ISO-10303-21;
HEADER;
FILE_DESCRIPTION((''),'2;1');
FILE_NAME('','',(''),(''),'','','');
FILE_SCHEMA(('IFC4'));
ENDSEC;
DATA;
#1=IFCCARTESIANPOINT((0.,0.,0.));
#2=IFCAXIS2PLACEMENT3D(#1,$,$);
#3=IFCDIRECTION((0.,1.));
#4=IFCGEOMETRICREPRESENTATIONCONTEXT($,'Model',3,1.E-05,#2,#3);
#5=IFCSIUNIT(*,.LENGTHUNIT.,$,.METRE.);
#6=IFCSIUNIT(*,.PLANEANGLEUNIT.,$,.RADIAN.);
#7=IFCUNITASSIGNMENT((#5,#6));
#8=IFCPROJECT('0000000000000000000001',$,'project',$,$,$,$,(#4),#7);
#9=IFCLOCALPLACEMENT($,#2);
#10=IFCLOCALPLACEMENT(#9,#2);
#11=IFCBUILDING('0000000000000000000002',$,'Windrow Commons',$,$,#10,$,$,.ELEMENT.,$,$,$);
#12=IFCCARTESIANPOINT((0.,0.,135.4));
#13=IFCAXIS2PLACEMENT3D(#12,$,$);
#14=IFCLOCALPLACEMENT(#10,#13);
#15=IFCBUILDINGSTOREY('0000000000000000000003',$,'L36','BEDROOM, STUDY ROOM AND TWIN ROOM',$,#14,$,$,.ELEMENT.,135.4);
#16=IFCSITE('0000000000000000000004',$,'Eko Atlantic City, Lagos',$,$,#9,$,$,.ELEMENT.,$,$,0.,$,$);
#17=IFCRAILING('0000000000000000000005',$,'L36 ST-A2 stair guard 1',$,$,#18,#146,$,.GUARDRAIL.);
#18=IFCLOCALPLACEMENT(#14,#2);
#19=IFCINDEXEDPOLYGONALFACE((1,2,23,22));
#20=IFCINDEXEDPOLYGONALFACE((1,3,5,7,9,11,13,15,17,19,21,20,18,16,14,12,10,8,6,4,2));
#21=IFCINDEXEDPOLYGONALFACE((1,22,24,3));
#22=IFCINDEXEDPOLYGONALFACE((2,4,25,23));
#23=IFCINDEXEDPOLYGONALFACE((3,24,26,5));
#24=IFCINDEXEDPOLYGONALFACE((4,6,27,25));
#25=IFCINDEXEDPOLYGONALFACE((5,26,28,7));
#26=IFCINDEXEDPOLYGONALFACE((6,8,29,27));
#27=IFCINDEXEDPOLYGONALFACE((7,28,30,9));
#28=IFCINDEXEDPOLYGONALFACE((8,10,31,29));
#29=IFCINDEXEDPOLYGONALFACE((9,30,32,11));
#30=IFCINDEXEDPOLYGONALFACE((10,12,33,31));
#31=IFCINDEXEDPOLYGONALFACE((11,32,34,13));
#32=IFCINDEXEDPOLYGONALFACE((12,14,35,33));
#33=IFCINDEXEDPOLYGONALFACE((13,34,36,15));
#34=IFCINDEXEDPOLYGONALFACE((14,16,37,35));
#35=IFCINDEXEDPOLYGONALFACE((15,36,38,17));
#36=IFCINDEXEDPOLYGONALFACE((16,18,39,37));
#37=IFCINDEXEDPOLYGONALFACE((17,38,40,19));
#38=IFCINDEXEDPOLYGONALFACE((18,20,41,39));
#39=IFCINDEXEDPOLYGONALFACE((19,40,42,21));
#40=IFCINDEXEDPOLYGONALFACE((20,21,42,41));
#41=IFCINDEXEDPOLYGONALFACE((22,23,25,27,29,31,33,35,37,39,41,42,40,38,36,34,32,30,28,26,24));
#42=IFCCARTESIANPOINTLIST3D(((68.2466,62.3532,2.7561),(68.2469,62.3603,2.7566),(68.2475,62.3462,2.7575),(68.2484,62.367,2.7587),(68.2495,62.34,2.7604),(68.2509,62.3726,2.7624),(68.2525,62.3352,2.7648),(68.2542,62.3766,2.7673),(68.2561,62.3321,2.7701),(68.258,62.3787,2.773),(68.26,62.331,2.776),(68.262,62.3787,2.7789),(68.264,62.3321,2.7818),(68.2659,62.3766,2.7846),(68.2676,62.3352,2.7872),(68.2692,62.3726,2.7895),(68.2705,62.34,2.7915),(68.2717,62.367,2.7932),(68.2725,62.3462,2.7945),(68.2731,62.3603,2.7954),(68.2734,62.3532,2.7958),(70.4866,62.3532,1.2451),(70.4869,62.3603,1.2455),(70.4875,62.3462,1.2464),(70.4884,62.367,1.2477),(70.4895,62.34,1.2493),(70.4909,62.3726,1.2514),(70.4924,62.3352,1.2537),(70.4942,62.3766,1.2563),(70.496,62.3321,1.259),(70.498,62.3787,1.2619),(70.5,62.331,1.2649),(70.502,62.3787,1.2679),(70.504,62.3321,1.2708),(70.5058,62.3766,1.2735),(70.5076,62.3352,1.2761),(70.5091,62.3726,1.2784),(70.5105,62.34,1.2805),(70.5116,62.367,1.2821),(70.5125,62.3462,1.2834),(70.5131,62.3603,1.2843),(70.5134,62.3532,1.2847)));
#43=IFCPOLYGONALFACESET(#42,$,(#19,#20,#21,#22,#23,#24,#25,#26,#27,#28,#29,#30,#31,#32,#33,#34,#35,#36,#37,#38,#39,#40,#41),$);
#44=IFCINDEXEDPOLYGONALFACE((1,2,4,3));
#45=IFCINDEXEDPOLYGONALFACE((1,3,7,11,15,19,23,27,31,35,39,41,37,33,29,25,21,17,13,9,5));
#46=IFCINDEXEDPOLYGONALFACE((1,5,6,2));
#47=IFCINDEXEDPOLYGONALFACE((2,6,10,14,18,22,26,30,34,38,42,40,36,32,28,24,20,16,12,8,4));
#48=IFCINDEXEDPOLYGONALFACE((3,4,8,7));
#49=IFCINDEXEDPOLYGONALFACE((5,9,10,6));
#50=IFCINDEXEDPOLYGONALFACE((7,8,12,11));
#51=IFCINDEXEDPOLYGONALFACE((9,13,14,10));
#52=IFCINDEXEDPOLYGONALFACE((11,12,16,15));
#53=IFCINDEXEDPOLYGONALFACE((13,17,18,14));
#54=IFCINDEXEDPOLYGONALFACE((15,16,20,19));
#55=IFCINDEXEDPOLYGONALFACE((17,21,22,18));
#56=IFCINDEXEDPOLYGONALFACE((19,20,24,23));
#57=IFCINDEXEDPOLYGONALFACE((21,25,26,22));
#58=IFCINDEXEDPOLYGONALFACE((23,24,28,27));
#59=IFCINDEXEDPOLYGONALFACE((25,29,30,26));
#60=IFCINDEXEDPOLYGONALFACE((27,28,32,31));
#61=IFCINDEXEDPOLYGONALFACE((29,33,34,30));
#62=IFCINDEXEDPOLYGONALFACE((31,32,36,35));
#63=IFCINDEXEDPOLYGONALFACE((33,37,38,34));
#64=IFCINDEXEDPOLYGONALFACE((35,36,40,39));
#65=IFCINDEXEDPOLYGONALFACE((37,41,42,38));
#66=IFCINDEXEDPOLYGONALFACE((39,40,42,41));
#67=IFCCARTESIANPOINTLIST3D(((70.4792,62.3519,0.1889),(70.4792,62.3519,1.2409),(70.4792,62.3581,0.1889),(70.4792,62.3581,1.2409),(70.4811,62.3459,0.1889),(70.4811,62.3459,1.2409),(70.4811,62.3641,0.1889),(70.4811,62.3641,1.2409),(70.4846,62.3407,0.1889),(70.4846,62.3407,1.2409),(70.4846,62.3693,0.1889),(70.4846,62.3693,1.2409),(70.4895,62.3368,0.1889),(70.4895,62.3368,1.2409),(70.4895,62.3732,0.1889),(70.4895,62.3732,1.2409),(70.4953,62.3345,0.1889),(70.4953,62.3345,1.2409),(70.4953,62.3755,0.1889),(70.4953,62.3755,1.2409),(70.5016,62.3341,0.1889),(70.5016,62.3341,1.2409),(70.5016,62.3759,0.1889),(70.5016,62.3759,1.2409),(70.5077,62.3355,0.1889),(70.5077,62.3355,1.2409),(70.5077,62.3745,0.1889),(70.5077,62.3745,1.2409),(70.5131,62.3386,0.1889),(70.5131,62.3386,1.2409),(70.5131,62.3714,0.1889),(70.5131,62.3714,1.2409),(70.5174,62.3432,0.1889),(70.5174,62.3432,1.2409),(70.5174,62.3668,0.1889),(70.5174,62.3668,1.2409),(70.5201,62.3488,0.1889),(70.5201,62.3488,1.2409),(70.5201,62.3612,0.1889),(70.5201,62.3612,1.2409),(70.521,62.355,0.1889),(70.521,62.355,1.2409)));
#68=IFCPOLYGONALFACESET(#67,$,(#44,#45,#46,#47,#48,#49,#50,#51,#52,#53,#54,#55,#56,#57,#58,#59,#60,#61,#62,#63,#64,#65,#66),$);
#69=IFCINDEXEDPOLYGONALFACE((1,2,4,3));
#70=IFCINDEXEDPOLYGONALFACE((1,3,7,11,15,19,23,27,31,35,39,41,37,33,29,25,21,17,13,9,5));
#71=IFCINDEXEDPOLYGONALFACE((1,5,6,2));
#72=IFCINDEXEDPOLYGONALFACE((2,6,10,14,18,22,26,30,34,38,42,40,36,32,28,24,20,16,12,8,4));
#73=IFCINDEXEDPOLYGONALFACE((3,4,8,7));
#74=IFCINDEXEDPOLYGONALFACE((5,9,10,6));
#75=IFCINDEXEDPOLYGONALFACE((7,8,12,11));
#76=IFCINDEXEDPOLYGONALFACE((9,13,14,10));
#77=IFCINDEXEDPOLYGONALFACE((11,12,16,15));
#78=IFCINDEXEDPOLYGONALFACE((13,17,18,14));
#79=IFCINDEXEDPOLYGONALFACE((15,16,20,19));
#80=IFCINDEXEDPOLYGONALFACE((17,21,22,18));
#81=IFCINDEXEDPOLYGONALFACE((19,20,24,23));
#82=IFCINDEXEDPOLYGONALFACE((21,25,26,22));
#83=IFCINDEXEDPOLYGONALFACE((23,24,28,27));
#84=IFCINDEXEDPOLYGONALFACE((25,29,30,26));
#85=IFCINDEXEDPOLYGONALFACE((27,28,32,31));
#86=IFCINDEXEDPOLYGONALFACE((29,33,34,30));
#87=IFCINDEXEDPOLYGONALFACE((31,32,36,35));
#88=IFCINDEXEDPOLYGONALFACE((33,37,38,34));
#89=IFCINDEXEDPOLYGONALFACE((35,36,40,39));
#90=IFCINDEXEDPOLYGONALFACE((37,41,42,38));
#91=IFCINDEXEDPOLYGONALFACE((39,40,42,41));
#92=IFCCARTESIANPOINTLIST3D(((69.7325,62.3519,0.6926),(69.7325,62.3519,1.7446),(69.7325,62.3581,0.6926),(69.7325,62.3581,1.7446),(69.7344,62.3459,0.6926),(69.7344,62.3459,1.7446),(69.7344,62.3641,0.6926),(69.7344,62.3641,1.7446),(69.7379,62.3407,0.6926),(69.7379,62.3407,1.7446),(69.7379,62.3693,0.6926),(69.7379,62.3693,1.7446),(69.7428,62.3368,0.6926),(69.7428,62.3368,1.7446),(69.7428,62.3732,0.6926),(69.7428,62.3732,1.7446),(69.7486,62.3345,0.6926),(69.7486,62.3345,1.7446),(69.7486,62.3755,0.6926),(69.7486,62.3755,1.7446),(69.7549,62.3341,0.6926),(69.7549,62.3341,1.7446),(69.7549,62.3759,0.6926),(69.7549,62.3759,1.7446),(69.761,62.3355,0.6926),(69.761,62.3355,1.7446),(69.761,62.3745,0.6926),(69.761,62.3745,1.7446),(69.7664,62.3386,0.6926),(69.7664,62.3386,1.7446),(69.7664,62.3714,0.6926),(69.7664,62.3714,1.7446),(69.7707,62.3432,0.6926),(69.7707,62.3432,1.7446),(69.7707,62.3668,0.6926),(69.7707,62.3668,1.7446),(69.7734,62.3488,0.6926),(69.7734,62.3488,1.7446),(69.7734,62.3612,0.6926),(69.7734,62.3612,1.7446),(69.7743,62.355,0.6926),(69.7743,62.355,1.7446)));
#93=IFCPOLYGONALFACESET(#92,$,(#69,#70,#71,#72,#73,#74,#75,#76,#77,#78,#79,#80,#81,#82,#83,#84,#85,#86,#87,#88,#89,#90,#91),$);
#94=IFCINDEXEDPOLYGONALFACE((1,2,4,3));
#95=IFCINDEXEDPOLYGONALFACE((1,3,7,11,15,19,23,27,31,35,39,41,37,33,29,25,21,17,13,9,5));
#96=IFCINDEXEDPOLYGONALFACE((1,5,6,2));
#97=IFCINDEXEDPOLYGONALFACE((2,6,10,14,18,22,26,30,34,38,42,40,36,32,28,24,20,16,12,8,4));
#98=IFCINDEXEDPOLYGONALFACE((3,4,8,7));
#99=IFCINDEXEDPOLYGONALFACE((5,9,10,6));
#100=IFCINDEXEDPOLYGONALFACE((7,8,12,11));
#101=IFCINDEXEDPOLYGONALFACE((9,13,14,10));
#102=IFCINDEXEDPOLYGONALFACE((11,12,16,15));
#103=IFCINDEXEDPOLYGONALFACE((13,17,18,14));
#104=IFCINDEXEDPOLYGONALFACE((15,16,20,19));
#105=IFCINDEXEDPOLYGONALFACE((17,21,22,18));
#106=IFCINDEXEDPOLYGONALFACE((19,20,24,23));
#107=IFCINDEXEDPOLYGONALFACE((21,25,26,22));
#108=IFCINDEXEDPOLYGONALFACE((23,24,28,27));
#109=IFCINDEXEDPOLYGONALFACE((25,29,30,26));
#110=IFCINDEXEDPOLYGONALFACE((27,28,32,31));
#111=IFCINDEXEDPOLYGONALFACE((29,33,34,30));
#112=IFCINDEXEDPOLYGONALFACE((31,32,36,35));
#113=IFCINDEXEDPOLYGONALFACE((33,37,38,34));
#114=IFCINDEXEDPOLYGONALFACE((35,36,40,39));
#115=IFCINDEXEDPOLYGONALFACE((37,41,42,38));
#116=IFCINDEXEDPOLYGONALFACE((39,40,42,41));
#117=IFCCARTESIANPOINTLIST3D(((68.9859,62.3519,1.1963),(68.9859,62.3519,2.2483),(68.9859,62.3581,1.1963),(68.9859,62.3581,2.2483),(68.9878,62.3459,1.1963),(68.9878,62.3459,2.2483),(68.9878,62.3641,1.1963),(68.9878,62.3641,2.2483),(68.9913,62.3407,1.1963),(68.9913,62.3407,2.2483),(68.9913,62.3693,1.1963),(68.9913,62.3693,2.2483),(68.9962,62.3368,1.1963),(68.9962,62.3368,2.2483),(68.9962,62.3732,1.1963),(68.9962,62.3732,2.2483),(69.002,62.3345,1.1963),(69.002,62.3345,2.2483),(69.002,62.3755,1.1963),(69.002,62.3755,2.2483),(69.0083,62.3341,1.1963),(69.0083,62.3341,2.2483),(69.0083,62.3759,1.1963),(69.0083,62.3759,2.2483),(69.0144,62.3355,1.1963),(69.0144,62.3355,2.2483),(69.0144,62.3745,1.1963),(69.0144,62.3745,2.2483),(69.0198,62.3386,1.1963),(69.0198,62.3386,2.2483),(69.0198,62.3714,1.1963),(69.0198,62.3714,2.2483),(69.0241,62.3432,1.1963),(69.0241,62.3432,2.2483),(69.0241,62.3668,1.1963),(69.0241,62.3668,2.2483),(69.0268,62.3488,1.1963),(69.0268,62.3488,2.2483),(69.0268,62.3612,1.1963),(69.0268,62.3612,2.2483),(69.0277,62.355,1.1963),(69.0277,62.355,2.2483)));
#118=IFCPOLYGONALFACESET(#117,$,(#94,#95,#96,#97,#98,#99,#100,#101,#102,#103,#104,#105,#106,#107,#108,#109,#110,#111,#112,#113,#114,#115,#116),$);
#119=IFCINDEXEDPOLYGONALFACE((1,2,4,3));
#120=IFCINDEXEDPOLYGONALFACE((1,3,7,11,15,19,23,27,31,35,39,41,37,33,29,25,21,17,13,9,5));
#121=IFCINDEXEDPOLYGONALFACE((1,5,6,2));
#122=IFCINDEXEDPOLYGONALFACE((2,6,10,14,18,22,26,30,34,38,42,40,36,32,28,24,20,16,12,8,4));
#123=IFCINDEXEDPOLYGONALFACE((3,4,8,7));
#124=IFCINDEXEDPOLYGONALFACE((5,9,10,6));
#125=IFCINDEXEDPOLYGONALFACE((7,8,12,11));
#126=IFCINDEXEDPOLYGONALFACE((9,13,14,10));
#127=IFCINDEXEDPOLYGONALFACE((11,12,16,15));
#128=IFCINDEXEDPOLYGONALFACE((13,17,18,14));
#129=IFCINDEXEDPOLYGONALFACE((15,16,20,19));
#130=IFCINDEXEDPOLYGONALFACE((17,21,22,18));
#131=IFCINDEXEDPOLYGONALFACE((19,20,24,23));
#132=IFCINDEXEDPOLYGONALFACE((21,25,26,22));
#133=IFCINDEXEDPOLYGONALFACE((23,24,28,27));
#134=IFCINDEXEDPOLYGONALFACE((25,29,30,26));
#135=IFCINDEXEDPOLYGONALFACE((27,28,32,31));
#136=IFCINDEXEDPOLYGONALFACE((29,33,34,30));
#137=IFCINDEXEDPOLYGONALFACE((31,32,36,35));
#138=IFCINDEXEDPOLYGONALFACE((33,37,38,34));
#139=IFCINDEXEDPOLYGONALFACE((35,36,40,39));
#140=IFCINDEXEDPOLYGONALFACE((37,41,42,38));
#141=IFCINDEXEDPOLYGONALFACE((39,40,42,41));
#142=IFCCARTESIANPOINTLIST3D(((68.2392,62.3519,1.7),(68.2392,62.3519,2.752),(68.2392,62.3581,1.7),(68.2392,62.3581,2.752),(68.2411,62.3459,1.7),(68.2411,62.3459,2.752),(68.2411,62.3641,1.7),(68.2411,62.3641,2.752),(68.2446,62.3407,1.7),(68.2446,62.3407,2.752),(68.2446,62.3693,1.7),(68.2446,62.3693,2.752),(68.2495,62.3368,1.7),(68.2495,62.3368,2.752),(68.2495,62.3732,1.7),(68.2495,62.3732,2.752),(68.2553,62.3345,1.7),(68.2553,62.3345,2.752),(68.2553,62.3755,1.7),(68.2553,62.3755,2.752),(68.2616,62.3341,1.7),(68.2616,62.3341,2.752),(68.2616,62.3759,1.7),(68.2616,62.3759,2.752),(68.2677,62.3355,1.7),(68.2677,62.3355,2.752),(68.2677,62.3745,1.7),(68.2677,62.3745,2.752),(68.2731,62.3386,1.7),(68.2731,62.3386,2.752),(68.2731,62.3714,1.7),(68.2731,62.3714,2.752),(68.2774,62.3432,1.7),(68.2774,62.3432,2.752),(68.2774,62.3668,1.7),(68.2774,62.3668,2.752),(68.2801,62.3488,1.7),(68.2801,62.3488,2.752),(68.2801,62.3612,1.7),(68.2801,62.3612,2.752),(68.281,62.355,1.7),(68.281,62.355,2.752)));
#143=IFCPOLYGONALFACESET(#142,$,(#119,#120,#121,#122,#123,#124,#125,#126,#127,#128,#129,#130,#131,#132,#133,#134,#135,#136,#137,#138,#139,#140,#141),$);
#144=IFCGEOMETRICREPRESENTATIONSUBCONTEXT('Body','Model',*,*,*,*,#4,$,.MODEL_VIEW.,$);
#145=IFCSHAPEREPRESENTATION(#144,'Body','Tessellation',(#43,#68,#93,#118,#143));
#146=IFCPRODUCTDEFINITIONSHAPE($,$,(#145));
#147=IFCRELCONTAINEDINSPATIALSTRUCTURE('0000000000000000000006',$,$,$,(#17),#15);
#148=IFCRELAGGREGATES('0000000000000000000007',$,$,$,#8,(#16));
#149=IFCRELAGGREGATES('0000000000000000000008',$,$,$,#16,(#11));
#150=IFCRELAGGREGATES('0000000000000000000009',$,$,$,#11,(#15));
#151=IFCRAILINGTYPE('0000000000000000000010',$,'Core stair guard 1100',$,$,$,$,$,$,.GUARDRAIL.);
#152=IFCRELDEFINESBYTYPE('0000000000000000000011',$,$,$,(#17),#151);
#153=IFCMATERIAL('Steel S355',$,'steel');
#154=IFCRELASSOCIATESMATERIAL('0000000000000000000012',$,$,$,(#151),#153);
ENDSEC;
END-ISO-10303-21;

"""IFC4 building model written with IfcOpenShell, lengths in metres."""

from ifc_helpers import new_model, si_unit, direction, frame, origin, origin_2d, place, context, subcontext, project, spatial, circle, extrude, material, type_object, element, save


model = new_model("IFC4")

# Units and contexts
model_context = context("Model", 3, precision=1e-05, world=origin(), true_north=direction((0.0, 1.0)))
body_context = subcontext(model_context, "Body", "Model", "MODEL_VIEW")
ifc_project = project(units=[si_unit("LENGTHUNIT", "METRE"), si_unit("PLANEANGLEUNIT", "RADIAN")], contexts=[model_context])

# Site, building, storey
site_placement = place(None, origin())
site = spatial("IfcSite", under=ifc_project, at=site_placement, Name="Eko Atlantic City, Lagos", CompositionType="ELEMENT", RefElevation=0.0)
building_placement = place(site_placement, origin())
building = spatial("IfcBuilding", under=site, at=building_placement, Name="Windrow Commons", CompositionType="ELEMENT")
storey_placement = place(building_placement, frame((0.0, 0.0, 135.4)))
storey = spatial("IfcBuildingStorey", under=building, at=storey_placement, Name="L36", Description="BEDROOM, STUDY ROOM AND TWIN ROOM", CompositionType="ELEMENT", Elevation=135.4)

# Railing
ifc_material_1 = material(Name="Steel S355", Category="steel")
railing_type_1 = type_object("IfcRailingType", Name="Core stair guard 1100", PredefinedType="GUARDRAIL", material=ifc_material_1)
railing_1_placement = place(storey_placement, frame((70.5, 62.355, 0.1889)))
element("IfcRailing", 1, at=railing_1_placement, inside=storey, type_object=railing_type_1, Name="L36 ST-A2 stair guard 1", PredefinedType="GUARDRAIL", context=body_context, shape_type="SweptSolid", body=[
    extrude(circle(Radius=0.024, at=origin_2d()), frame((0.0, 0.0, 1.076), z_axis=(-0.829003, 0.0, 0.559244), x_axis=(0.0, -1.0, 0.0)), (0.0, 0.0, 1.0), 2.702),
    extrude(circle(Radius=0.021, at=origin_2d()), origin(), (0.0, 0.0, 1.0), 1.052),
    extrude(circle(Radius=0.021, at=origin_2d()), frame((-0.7467, 0.0, 0.5037)), (0.0, 0.0, 1.0), 1.052),
    extrude(circle(Radius=0.021, at=origin_2d()), frame((-1.4933, 0.0, 1.0074)), (0.0, 0.0, 1.0), 1.052),
    extrude(circle(Radius=0.021, at=origin_2d()), frame((-2.24, 0.0, 1.5111)), (0.0, 0.0, 1.0), 1.052),
])

save(model, "model.ifc")
